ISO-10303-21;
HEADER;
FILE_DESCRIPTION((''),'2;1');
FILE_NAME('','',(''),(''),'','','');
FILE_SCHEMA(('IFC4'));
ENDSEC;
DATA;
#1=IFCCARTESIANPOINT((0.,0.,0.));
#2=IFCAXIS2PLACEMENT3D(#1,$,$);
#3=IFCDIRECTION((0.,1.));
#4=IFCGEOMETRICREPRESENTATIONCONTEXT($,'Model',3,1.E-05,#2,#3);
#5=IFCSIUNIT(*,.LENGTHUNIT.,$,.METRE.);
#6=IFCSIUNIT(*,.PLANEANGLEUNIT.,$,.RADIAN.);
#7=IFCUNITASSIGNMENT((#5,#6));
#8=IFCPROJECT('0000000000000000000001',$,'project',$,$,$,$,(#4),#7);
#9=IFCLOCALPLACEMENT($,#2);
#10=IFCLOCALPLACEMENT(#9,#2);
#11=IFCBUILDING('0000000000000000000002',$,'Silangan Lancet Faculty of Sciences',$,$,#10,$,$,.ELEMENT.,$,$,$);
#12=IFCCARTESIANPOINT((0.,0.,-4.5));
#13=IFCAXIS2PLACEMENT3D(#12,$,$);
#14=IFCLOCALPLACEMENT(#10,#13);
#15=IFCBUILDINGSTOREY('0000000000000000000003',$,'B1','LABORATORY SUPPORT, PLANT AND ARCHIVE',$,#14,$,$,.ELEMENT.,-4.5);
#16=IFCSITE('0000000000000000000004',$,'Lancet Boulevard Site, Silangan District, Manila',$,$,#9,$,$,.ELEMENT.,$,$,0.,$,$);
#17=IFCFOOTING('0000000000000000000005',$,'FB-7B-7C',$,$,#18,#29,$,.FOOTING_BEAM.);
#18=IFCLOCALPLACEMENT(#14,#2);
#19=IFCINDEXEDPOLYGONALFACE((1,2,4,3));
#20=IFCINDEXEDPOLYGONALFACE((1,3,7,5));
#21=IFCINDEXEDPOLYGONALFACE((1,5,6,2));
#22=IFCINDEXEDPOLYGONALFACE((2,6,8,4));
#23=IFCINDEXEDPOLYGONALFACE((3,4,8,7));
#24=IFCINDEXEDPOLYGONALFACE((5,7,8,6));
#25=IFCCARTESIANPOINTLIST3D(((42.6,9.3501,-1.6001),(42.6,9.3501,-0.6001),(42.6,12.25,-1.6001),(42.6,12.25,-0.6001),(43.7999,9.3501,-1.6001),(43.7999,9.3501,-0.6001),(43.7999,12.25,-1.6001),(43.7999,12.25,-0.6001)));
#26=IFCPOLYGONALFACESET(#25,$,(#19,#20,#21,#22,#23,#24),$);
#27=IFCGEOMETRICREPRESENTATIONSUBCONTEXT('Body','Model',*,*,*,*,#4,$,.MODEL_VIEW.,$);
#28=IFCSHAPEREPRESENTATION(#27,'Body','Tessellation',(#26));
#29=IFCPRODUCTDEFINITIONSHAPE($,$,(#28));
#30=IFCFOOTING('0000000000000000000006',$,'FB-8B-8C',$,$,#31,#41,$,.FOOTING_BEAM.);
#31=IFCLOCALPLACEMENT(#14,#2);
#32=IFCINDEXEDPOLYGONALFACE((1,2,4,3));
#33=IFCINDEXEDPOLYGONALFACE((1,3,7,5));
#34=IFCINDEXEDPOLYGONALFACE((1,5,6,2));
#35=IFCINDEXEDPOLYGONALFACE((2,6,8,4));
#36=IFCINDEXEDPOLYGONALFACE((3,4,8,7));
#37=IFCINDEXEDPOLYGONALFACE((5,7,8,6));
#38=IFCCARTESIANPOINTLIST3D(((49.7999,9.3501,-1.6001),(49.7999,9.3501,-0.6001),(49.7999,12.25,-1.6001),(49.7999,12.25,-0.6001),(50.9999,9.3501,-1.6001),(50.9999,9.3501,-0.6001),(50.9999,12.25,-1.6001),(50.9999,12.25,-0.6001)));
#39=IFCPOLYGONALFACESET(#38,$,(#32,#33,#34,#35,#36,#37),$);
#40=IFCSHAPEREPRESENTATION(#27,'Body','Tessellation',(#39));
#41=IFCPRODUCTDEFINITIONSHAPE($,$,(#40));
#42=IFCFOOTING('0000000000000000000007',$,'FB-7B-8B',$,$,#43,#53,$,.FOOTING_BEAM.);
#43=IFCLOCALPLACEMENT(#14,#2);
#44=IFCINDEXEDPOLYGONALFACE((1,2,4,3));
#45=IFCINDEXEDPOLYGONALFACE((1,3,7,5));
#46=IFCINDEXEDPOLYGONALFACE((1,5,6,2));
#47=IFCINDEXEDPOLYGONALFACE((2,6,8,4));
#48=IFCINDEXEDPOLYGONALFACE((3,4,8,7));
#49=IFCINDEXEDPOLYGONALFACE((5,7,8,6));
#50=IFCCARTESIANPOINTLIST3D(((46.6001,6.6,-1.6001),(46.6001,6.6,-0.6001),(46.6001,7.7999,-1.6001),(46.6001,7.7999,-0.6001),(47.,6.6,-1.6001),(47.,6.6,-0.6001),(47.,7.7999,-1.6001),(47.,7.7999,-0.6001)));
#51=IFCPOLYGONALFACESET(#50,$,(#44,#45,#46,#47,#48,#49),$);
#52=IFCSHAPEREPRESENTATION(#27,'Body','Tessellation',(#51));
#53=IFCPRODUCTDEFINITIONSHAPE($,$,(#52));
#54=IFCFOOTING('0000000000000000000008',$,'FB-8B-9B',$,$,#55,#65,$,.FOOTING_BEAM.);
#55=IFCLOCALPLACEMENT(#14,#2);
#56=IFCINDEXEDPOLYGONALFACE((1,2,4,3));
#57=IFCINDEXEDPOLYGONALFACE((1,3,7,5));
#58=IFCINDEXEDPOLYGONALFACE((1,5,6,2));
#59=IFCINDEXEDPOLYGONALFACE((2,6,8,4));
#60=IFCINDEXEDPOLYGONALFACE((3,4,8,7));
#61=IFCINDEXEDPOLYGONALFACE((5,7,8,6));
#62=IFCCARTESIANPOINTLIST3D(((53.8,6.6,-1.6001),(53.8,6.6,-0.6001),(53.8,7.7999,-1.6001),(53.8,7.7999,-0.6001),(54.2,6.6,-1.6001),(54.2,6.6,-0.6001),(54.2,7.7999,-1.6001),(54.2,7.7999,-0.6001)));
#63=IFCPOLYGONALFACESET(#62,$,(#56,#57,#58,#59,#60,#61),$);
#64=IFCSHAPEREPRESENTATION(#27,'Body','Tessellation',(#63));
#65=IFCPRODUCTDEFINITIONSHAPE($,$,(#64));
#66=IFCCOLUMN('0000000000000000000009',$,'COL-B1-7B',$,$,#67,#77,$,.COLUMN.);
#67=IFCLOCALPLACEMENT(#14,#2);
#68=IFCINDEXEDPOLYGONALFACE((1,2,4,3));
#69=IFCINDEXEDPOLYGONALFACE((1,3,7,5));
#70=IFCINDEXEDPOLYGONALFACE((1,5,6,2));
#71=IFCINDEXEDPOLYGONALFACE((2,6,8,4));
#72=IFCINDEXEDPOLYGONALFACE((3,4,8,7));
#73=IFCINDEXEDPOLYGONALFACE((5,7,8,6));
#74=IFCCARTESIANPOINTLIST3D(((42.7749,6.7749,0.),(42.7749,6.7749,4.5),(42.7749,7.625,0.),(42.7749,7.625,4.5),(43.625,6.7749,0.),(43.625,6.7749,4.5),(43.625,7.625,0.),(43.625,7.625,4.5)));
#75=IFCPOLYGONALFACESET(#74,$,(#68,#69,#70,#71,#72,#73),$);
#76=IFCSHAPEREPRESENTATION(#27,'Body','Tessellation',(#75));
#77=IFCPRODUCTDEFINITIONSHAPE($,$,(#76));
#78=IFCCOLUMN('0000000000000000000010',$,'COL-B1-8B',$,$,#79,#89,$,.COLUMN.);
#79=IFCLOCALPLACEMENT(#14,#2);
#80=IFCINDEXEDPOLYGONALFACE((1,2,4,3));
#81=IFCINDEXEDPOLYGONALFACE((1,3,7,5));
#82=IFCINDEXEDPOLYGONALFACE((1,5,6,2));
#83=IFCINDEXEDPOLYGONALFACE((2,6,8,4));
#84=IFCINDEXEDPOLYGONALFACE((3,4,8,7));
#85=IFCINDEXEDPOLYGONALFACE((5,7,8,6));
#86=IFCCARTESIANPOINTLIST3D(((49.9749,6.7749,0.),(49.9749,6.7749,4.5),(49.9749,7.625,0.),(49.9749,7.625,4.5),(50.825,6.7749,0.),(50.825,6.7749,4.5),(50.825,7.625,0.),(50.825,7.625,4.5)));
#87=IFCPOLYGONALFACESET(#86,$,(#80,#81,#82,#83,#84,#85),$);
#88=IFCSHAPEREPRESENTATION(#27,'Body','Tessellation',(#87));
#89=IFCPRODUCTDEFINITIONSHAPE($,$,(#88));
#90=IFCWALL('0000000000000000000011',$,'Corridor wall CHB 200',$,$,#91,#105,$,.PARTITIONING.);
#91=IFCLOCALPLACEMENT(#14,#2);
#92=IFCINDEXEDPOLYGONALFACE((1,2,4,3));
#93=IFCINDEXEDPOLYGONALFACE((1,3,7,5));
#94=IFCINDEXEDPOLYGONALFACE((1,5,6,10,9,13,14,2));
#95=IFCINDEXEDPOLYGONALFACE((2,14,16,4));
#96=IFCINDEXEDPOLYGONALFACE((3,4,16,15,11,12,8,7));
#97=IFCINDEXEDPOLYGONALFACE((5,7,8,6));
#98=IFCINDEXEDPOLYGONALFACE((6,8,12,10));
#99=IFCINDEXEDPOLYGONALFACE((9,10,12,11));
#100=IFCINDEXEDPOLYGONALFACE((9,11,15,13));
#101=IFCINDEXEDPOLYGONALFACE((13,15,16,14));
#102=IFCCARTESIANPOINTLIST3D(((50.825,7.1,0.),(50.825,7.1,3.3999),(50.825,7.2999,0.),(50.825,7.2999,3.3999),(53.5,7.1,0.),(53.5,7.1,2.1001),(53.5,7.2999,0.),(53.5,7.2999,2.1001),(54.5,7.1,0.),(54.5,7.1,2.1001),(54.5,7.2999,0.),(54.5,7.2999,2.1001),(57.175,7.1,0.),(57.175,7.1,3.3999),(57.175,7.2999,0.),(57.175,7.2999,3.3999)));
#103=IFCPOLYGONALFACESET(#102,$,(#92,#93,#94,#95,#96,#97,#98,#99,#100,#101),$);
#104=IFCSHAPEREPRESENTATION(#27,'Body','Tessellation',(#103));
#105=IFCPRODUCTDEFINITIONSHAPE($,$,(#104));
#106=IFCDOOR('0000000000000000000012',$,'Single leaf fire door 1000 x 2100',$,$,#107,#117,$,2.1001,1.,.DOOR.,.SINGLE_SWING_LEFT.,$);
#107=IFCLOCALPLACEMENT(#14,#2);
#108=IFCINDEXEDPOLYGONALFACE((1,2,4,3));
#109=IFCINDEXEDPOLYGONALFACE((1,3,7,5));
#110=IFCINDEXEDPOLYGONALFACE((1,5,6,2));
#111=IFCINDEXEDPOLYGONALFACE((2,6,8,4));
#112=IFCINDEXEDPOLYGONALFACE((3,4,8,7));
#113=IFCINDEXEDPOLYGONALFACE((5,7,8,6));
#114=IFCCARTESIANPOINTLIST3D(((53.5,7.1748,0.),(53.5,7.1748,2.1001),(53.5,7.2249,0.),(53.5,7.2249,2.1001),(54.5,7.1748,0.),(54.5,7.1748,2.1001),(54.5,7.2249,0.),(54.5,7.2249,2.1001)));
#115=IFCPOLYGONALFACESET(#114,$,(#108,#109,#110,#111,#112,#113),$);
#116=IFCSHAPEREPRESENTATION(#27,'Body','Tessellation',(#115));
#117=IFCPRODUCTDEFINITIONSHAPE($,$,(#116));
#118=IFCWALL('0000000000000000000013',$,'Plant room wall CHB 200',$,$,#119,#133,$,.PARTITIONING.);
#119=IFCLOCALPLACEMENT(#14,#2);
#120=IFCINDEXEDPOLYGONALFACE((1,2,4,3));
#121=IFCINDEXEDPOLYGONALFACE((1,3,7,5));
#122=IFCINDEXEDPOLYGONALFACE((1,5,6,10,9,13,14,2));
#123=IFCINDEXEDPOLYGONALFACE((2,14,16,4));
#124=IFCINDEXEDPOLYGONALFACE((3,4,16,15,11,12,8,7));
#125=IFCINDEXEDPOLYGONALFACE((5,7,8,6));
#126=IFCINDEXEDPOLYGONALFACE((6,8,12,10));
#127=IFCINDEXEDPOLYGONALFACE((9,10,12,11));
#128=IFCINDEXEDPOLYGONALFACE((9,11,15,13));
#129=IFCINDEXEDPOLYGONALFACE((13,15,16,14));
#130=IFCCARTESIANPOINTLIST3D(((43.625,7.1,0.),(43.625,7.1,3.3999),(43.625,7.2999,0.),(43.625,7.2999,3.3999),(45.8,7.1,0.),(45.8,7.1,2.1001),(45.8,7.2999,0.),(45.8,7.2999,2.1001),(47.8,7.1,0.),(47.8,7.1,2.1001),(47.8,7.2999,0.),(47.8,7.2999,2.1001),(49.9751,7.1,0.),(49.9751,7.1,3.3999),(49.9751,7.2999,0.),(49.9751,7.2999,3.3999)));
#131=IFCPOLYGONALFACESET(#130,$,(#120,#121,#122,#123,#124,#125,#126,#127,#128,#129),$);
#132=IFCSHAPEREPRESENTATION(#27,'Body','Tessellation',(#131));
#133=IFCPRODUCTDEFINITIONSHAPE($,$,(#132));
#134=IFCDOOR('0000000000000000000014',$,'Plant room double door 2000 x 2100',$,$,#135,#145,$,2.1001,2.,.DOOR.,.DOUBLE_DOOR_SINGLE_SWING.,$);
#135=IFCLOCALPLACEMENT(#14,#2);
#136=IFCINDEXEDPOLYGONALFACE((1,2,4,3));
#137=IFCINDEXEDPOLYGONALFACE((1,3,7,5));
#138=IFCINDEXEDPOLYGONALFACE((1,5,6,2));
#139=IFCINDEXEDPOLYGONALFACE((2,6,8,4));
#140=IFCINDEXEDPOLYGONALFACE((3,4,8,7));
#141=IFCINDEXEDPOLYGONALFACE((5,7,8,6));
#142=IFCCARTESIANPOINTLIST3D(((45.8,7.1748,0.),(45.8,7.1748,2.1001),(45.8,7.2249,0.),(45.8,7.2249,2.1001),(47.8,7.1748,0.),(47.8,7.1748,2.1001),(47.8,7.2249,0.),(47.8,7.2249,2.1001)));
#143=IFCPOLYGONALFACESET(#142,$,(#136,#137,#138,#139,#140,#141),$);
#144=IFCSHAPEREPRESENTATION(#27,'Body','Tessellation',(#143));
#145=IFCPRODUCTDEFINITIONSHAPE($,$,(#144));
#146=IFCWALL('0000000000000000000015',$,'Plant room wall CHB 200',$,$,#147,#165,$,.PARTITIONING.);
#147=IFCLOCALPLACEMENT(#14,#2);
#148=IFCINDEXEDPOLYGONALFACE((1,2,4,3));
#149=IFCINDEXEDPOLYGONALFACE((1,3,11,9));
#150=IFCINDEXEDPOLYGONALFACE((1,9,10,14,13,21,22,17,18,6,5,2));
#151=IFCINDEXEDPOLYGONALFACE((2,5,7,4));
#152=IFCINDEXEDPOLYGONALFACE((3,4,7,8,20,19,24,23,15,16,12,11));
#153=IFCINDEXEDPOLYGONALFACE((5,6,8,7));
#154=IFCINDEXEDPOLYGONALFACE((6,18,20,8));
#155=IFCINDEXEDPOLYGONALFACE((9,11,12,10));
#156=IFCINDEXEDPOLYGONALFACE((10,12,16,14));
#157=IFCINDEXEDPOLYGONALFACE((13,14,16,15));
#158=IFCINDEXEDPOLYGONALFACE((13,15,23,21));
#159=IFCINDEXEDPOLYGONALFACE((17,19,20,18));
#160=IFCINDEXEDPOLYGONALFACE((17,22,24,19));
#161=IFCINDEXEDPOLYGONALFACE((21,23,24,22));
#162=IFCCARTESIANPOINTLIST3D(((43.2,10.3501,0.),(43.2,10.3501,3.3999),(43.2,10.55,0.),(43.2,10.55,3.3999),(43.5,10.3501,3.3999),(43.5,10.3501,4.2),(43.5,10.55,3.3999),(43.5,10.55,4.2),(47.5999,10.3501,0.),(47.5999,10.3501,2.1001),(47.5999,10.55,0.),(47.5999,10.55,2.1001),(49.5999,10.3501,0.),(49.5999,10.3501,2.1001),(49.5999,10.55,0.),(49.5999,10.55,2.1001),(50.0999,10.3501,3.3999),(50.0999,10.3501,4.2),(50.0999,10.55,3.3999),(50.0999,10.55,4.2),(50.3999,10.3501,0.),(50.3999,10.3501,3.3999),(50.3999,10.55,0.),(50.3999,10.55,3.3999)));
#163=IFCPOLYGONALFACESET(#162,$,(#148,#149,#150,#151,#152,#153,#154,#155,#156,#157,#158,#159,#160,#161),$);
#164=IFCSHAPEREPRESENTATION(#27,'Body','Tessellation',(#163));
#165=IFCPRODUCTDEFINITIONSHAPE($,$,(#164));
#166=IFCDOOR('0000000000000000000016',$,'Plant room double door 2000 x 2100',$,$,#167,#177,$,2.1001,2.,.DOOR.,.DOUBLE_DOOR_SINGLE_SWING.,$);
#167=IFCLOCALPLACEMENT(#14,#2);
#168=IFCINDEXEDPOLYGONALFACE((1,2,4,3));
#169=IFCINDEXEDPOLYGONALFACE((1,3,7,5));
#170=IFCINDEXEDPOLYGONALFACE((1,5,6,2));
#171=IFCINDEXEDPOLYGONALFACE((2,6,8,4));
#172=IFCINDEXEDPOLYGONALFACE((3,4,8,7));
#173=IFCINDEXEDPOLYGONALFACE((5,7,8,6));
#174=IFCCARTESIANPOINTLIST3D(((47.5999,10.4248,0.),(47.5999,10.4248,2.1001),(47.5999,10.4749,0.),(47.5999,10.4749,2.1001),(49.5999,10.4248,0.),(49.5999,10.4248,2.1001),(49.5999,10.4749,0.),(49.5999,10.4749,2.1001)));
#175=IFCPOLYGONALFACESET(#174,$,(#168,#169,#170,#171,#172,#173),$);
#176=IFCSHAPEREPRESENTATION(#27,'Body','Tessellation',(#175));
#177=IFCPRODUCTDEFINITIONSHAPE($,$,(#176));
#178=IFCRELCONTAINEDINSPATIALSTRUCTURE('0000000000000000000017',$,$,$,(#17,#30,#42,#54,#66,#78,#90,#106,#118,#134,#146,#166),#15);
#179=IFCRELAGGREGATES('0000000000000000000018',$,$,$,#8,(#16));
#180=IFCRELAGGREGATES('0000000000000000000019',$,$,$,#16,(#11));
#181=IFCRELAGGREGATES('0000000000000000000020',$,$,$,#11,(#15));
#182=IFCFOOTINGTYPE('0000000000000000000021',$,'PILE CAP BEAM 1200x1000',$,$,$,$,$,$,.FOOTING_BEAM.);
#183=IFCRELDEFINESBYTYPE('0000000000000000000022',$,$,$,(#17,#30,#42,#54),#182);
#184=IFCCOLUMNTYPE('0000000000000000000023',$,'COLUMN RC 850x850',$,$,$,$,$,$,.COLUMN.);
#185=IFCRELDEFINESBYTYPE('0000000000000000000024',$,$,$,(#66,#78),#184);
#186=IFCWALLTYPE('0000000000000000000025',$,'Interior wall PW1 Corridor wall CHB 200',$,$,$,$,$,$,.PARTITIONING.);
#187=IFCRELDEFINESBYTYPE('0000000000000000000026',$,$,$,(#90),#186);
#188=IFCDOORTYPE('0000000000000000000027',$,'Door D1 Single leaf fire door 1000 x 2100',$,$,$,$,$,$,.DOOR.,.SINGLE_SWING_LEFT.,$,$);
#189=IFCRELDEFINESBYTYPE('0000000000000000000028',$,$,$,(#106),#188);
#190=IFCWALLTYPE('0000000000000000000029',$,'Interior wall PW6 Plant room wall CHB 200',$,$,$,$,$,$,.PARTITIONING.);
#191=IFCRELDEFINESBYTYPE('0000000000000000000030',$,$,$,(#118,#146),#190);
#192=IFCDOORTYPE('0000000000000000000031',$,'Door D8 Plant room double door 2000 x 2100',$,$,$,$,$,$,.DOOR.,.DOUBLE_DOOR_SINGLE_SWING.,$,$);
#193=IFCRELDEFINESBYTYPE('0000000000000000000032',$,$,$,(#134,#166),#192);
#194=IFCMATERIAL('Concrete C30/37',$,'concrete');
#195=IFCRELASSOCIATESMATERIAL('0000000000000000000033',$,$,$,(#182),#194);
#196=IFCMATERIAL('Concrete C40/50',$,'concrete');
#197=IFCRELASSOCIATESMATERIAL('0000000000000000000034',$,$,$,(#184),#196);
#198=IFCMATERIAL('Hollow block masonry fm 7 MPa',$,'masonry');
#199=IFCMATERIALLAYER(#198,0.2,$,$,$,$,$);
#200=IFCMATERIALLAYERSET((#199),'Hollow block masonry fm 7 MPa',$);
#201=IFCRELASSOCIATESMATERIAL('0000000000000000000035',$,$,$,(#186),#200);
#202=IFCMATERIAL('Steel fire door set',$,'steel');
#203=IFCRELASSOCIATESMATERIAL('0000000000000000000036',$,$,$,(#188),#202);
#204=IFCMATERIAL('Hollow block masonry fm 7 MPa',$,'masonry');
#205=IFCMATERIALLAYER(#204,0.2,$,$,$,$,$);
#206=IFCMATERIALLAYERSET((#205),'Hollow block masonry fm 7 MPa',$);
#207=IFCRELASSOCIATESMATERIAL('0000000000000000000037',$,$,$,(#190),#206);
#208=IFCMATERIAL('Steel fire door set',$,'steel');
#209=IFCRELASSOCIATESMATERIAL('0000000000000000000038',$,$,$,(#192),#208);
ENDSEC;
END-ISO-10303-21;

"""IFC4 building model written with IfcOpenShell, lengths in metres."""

from ifc_helpers import new_model, si_unit, direction, frame, frame_2d, origin, origin_2d, place, context, subcontext, project, spatial, polyline, rectangle, outline, extrude, material, layer, layer_set, material_profile, profile_set, type_object, element, fill, save


model = new_model("IFC4")

# Units and contexts
model_context = context("Model", 3, precision=1e-05, world=origin(), true_north=direction((0.0, 1.0)))
body_context = subcontext(model_context, "Body", "Model", "MODEL_VIEW")
ifc_project = project(units=[si_unit("LENGTHUNIT", "METRE"), si_unit("PLANEANGLEUNIT", "RADIAN")], contexts=[model_context])

# Site, building, storey
site_placement = place(None, origin())
site = spatial("IfcSite", under=ifc_project, at=site_placement, Name="Lancet Boulevard Site, Silangan District, Manila", CompositionType="ELEMENT", RefElevation=0.0)
building_placement = place(site_placement, origin())
building = spatial("IfcBuilding", under=site, at=building_placement, Name="Silangan Lancet Faculty of Sciences", CompositionType="ELEMENT")
storey_placement = place(building_placement, frame((0.0, 0.0, -4.5)))
storey = spatial("IfcBuildingStorey", under=building, at=storey_placement, Name="B1", Description="LABORATORY SUPPORT, PLANT AND ARCHIVE", CompositionType="ELEMENT", Elevation=-4.5)

# Footings
ifc_material_1 = material(Name="Concrete C30/37", Category="concrete")
footing_type_1 = type_object("IfcFootingType", Name="PILE CAP BEAM 1200x1000", PredefinedType="FOOTING_BEAM", material=ifc_material_1)
for number, where, z_axis, x_axis, name in (
    (1, (43.2, 10.8, -1.6001), (0.0, 0.0, 1.0), (0.0, 1.0, 0.0), "FB-7B-7C"),
    (2, (50.3999, 10.8, -1.6001), (0.0, 0.0, 1.0), (0.0, 1.0, 0.0), "FB-8B-8C"),
):
    element("IfcFooting", number, at=place(storey_placement, frame(where, z_axis=z_axis, x_axis=x_axis)), inside=storey, type_object=footing_type_1, Name=name, PredefinedType="FOOTING_BEAM", context=body_context, shape_type="SweptSolid", body=[
        extrude(rectangle(XDim=2.8999, YDim=1.2, at=origin_2d()), origin(), (0.0, 0.0, 1.0), 1.0),
    ])
for number, where, z_axis, x_axis, name in (
    (3, (46.8, 7.2, -1.6001), (0.0, 0.0, 1.0), (1.0, 0.0, 0.0), "FB-7B-8B"),
    (4, (54.0, 7.2, -1.6001), (0.0, 0.0, 1.0), (1.0, 0.0, 0.0), "FB-8B-9B"),
):
    element("IfcFooting", number, at=place(storey_placement, frame(where, z_axis=z_axis, x_axis=x_axis)), inside=storey, type_object=footing_type_1, Name=name, PredefinedType="FOOTING_BEAM", context=body_context, shape_type="SweptSolid", body=[
        extrude(rectangle(XDim=0.3999, YDim=1.2, at=origin_2d()), origin(), (0.0, 0.0, 1.0), 1.0),
    ])

# Columns
ifc_material_2 = material(Name="Concrete C40/50", Category="concrete")
ifc_material_profile_1 = material_profile(ifc_material_2, rectangle(XDim=0.8501, YDim=0.8501, at=origin_2d()), Name="RC 850x850")
ifc_profile_set_1 = profile_set([ifc_material_profile_1], Name="Concrete C40/50")
column_type = type_object("IfcColumnType", Name="COLUMN RC 850x850", PredefinedType="COLUMN", material=ifc_profile_set_1)
for number, where, z_axis, x_axis, name in (
    (5, (43.2, 7.2, 0.0), (0.0, 0.0, 1.0), (1.0, 0.0, 0.0), "COL-B1-7B"),
    (6, (50.3999, 7.2, 0.0), (0.0, 0.0, 1.0), (1.0, 0.0, 0.0), "COL-B1-8B"),
):
    element("IfcColumn", number, at=place(storey_placement, frame(where, z_axis=z_axis, x_axis=x_axis)), inside=storey, type_object=column_type, Name=name, PredefinedType="COLUMN", context=body_context, shape_type="SweptSolid", body=[
        extrude(rectangle(XDim=0.8501, YDim=0.8501, at=origin_2d()), origin(), (0.0, 0.0, 1.0), 4.5),
    ])

# Walls, openings, doors
ifc_material_3 = material(Name="Hollow block masonry fm 7 MPa", Category="masonry")
ifc_layer_1 = layer(ifc_material_3, 0.2)
ifc_layer_set_1 = layer_set([ifc_layer_1], Name="Hollow block masonry fm 7 MPa")
wall_type_1 = type_object("IfcWallType", Name="Interior wall PW1 Corridor wall CHB 200", PredefinedType="PARTITIONING", material=ifc_layer_set_1)
wall_1_placement = place(storey_placement, frame((50.825, 7.2, 0.0), z_axis=(0.0, 0.0, 1.0), x_axis=(1.0, 0.0, 0.0)))
wall_1 = element("IfcWall", 7, at=wall_1_placement, inside=storey, type_object=wall_type_1, Name="Corridor wall CHB 200", PredefinedType="PARTITIONING", context=body_context, shape_type="SweptSolid", body=[
    extrude(rectangle(XDim=6.3501, YDim=0.2, at=frame_2d((3.175, 0.0))), origin(), (0.0, 0.0, 1.0), 3.3999),
])
opening_1_placement = place(wall_1_placement, frame((2.675, 0.0, 0.0)))
opening_1 = element("IfcOpeningElement", 8, at=opening_1_placement, cuts=wall_1, PredefinedType="OPENING", context=body_context, shape_type="SweptSolid", body=[
    extrude(rectangle(XDim=1.0, YDim=2.1001, at=frame_2d((0.5, 1.05))), frame((0.0, 0.1099, 0.0), z_axis=(0.0, -1.0, 0.0), x_axis=(1.0, 0.0, 0.0)), (0.0, 0.0, 1.0), 0.22),
])
ifc_material_4 = material(Name="Steel fire door set", Category="steel")
door_type_1 = type_object("IfcDoorType", Name="Door D1 Single leaf fire door 1000 x 2100", OperationType="SINGLE_SWING_LEFT", PredefinedType="DOOR", material=ifc_material_4)
door_1_placement = place(opening_1_placement, frame((1.0, 0.0, 0.0), z_axis=(0.0, 0.0, 1.0), x_axis=(-1.0, 0.0, 0.0)))
door_1 = element("IfcDoor", 9, at=door_1_placement, inside=storey, type_object=door_type_1, Name="Single leaf fire door 1000 x 2100", OperationType="SINGLE_SWING_LEFT", OverallHeight=2.1001, OverallWidth=1.0, PredefinedType="DOOR", context=body_context, shape_type="SweptSolid", body=[
    extrude(rectangle(XDim=1.0, YDim=2.1001, at=frame_2d((0.5, 1.05))), frame((0.0, 0.0251, 0.0), z_axis=(0.0, -1.0, 0.0), x_axis=(1.0, 0.0, 0.0)), (0.0, 0.0, 1.0), 0.05),
])
fill(opening_1, door_1)
ifc_material_5 = material(Name="Hollow block masonry fm 7 MPa", Category="masonry")
ifc_layer_2 = layer(ifc_material_5, 0.2)
ifc_layer_set_2 = layer_set([ifc_layer_2], Name="Hollow block masonry fm 7 MPa")
wall_type_2 = type_object("IfcWallType", Name="Interior wall PW6 Plant room wall CHB 200", PredefinedType="PARTITIONING", material=ifc_layer_set_2)
wall_2_placement = place(storey_placement, frame((43.625, 7.2, 0.0), z_axis=(0.0, 0.0, 1.0), x_axis=(1.0, 0.0, 0.0)))
wall_2 = element("IfcWall", 10, at=wall_2_placement, inside=storey, type_object=wall_type_2, Name="Plant room wall CHB 200", PredefinedType="PARTITIONING", context=body_context, shape_type="SweptSolid", body=[
    extrude(rectangle(XDim=6.3501, YDim=0.2, at=frame_2d((3.175, 0.0))), origin(), (0.0, 0.0, 1.0), 3.3999),
])
opening_2_placement = place(wall_2_placement, frame((2.175, 0.0, 0.0)))
opening_2 = element("IfcOpeningElement", 11, at=opening_2_placement, cuts=wall_2, PredefinedType="OPENING", context=body_context, shape_type="SweptSolid", body=[
    extrude(rectangle(XDim=2.0, YDim=2.1001, at=frame_2d((1.0, 1.05))), frame((0.0, 0.1099, 0.0), z_axis=(0.0, -1.0, 0.0), x_axis=(1.0, 0.0, 0.0)), (0.0, 0.0, 1.0), 0.22),
])
ifc_material_6 = material(Name="Steel fire door set", Category="steel")
door_type_2 = type_object("IfcDoorType", Name="Door D8 Plant room double door 2000 x 2100", OperationType="DOUBLE_DOOR_SINGLE_SWING", PredefinedType="DOOR", material=ifc_material_6)
door_2_placement = place(opening_2_placement, origin())
door_2 = element("IfcDoor", 12, at=door_2_placement, inside=storey, type_object=door_type_2, Name="Plant room double door 2000 x 2100", OperationType="DOUBLE_DOOR_SINGLE_SWING", OverallHeight=2.1001, OverallWidth=2.0, PredefinedType="DOOR", context=body_context, shape_type="SweptSolid", body=[
    extrude(rectangle(XDim=2.0, YDim=2.1001, at=frame_2d((1.0, 1.05))), frame((0.0, 0.0249, 0.0), z_axis=(0.0, -1.0, 0.0), x_axis=(1.0, 0.0, 0.0)), (0.0, 0.0, 1.0), 0.05),
])
fill(opening_2, door_2)
wall_3_placement = place(storey_placement, frame((43.2, 10.45, 0.0), z_axis=(0.0, 0.0, 1.0), x_axis=(1.0, 0.0, 0.0)))
wall_3 = element("IfcWall", 13, at=wall_3_placement, inside=storey, type_object=wall_type_2, Name="Plant room wall CHB 200", PredefinedType="PARTITIONING", context=body_context, shape_type="SweptSolid", body=[
    extrude(outline(polyline([(0.0, 0.0), (7.2, 0.0), (7.2, 3.3999), (6.8999, 3.3999), (6.8999, 4.2), (0.3, 4.2), (0.3, 3.3999), (0.0, 3.3999), (0.0, 0.0)])), frame((0.0, 0.1001, 0.0), z_axis=(0.0, -1.0, 0.0), x_axis=(1.0, 0.0, 0.0)), (0.0, 0.0, 1.0), 0.2),
])
opening_3_placement = place(wall_3_placement, frame((4.3999, 0.0, 0.0)))
opening_3 = element("IfcOpeningElement", 14, at=opening_3_placement, cuts=wall_3, PredefinedType="OPENING", context=body_context, shape_type="SweptSolid", body=[
    extrude(rectangle(XDim=2.0, YDim=2.1001, at=frame_2d((1.0, 1.05))), frame((0.0, 0.1099, 0.0), z_axis=(0.0, -1.0, 0.0), x_axis=(1.0, 0.0, 0.0)), (0.0, 0.0, 1.0), 0.22),
])
door_3_placement = place(opening_3_placement, origin())
door_3 = element("IfcDoor", 15, at=door_3_placement, inside=storey, type_object=door_type_2, Name="Plant room double door 2000 x 2100", OperationType="DOUBLE_DOOR_SINGLE_SWING", OverallHeight=2.1001, OverallWidth=2.0, PredefinedType="DOOR", context=body_context, shape_type="SweptSolid", body=[
    extrude(rectangle(XDim=2.0, YDim=2.1001, at=frame_2d((1.0, 1.05))), frame((0.0, 0.0249, 0.0), z_axis=(0.0, -1.0, 0.0), x_axis=(1.0, 0.0, 0.0)), (0.0, 0.0, 1.0), 0.05),
])
fill(opening_3, door_3)

save(model, "model.ifc")
